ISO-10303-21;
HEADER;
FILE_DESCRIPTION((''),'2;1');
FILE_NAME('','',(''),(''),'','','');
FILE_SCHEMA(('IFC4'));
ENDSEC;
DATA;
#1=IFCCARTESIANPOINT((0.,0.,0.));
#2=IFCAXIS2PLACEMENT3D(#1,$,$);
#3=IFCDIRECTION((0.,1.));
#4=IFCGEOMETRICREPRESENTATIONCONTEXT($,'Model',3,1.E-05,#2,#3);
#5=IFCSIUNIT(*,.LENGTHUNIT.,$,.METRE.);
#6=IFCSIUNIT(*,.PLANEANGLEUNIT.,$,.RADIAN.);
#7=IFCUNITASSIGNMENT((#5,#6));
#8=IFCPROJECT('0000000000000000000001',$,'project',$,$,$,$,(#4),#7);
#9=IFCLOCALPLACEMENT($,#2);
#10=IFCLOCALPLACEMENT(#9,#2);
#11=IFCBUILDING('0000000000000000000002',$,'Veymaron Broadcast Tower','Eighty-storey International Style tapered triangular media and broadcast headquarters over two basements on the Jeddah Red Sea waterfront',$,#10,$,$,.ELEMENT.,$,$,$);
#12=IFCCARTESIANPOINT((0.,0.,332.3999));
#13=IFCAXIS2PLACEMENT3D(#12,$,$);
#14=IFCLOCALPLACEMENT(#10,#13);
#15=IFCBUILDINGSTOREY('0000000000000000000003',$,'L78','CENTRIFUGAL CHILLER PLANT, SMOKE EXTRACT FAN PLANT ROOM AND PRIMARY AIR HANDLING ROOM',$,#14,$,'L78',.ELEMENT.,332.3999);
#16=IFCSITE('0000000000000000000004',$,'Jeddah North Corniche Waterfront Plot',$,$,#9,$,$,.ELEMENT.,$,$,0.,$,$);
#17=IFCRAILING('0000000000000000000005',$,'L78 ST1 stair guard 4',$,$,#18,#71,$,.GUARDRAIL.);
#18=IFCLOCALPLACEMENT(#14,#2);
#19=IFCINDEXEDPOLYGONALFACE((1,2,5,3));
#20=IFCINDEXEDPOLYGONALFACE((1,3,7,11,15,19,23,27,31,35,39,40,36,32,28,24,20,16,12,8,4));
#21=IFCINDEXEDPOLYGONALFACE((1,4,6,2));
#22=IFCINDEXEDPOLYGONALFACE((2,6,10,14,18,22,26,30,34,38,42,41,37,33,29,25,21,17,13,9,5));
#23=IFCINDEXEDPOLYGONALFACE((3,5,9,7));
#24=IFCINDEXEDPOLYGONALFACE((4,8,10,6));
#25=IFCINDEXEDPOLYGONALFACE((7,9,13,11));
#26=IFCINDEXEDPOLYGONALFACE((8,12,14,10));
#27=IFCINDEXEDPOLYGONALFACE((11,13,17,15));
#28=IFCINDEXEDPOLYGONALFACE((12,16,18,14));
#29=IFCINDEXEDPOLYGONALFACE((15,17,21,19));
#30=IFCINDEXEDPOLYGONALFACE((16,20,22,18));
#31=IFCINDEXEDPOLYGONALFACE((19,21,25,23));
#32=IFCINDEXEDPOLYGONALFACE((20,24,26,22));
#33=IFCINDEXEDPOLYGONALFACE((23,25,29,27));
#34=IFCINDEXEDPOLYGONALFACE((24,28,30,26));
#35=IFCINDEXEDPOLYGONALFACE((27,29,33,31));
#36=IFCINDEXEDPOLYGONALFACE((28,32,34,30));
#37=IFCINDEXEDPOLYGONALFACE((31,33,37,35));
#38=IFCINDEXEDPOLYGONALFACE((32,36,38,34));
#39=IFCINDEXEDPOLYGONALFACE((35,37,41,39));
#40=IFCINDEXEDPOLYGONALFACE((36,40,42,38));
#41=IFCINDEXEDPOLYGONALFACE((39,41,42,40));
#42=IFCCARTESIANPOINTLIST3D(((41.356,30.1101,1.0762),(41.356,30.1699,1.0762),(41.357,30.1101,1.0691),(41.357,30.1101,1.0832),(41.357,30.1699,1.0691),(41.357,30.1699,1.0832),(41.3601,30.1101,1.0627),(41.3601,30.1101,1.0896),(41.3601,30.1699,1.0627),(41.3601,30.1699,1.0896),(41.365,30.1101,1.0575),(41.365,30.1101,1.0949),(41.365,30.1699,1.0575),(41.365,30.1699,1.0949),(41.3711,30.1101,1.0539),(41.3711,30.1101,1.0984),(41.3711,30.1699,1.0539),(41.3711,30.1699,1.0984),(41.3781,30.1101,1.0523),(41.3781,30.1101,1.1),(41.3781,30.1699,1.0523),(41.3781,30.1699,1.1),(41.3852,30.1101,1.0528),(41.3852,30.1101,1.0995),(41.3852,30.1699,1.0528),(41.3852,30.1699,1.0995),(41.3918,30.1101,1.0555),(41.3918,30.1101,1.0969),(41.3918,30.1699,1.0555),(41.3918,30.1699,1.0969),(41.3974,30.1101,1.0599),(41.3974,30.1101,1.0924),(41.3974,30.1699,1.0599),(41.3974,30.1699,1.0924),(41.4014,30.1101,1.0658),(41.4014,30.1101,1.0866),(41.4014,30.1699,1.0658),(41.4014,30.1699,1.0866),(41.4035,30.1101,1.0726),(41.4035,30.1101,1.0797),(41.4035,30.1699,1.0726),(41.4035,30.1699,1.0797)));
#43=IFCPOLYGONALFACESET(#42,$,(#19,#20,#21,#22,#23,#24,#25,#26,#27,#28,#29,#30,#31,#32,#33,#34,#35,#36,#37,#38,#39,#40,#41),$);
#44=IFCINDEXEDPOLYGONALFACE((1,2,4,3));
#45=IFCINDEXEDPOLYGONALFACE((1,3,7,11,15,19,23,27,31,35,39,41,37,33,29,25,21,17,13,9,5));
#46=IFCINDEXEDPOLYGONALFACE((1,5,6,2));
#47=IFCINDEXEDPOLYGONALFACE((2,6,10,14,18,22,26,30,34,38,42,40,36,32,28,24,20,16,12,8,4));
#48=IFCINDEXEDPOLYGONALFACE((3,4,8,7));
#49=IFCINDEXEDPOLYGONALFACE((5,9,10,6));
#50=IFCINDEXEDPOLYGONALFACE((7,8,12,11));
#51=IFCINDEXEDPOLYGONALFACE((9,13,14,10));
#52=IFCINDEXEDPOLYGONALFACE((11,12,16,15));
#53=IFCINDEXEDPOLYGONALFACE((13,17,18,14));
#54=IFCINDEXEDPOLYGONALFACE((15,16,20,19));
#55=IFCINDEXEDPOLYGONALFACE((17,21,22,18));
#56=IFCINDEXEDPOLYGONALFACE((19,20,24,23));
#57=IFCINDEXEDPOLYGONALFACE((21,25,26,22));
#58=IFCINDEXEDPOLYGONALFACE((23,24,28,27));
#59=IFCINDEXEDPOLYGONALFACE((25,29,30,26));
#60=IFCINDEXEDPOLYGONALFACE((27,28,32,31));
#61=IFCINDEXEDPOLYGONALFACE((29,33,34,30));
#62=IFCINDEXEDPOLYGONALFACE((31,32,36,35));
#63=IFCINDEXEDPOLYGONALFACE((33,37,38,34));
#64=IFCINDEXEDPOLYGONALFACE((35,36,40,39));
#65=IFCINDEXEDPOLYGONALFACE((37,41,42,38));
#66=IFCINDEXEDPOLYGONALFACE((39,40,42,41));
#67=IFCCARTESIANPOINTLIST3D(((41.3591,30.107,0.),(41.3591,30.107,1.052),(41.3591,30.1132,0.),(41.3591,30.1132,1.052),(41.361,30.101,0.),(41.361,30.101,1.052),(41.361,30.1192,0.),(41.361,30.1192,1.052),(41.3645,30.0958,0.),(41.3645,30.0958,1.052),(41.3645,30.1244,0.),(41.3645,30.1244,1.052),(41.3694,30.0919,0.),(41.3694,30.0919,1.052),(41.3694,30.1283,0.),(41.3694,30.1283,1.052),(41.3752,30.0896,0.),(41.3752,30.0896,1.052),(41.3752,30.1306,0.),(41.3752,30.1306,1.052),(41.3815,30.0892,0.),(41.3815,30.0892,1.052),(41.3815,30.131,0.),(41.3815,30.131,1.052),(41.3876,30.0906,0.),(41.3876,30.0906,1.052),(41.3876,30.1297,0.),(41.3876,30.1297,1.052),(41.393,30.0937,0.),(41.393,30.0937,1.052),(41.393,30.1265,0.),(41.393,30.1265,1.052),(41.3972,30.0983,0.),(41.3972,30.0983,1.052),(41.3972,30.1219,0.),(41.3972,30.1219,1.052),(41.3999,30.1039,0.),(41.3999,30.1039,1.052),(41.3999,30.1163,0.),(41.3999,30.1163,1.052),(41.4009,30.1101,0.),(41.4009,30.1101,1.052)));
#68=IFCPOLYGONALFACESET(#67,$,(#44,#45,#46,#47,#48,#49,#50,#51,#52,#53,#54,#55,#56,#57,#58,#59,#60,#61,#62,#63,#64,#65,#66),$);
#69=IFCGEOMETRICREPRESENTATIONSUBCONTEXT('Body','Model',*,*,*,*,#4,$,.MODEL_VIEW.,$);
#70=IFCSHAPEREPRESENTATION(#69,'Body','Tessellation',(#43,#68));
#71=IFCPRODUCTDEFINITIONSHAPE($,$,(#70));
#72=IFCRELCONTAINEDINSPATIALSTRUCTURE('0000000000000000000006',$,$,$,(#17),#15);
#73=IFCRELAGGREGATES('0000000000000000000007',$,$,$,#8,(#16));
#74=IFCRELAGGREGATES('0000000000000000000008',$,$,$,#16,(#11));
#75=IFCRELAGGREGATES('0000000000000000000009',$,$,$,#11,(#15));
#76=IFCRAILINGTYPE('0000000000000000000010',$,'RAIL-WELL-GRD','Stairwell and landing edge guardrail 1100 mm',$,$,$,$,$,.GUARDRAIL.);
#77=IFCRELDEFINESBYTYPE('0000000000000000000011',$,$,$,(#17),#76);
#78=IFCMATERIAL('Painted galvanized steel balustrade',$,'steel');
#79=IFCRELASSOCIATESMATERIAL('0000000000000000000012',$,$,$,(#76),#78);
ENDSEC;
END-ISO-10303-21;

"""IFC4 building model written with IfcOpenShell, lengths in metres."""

from ifc_helpers import new_model, si_unit, direction, frame, origin, origin_2d, place, context, subcontext, project, spatial, circle, extrude, material, type_object, element, save


model = new_model("IFC4")

# Units and contexts
model_context = context("Model", 3, precision=1e-05, world=origin(), true_north=direction((0.0, 1.0)))
body_context = subcontext(model_context, "Body", "Model", "MODEL_VIEW")
ifc_project = project(units=[si_unit("LENGTHUNIT", "METRE"), si_unit("PLANEANGLEUNIT", "RADIAN")], contexts=[model_context])

# Site, building, storey
site_placement = place(None, origin())
site = spatial("IfcSite", under=ifc_project, at=site_placement, Name="Jeddah North Corniche Waterfront Plot", CompositionType="ELEMENT", RefElevation=0.0)
building_placement = place(site_placement, origin())
building = spatial("IfcBuilding", under=site, at=building_placement, Name="Veymaron Broadcast Tower", Description="Eighty-storey International Style tapered triangular media and broadcast headquarters over two basements on the Jeddah Red Sea waterfront", CompositionType="ELEMENT")
storey_placement = place(building_placement, frame((0.0, 0.0, 332.3999)))
storey = spatial("IfcBuildingStorey", under=building, at=storey_placement, Name="L78", Description="CENTRIFUGAL CHILLER PLANT, SMOKE EXTRACT FAN PLANT ROOM AND PRIMARY AIR HANDLING ROOM", LongName="L78", CompositionType="ELEMENT", Elevation=332.3999)

# Railing
ifc_material_1 = material(Name="Painted galvanized steel balustrade", Category="steel")
railing_type_1 = type_object("IfcRailingType", Name="RAIL-WELL-GRD", Description="Stairwell and landing edge guardrail 1100 mm", PredefinedType="GUARDRAIL", material=ifc_material_1)
railing_1_placement = place(storey_placement, frame((41.3799, 30.1101, 0.0)))
element("IfcRailing", 1, at=railing_1_placement, inside=storey, type_object=railing_type_1, Name="L78 ST1 stair guard 4", PredefinedType="GUARDRAIL", context=body_context, shape_type="SweptSolid", body=[
    extrude(circle(Radius=0.0239, at=origin_2d()), frame((0.0, 0.0, 1.0762), z_axis=(0.0, 1.0, 0.0), x_axis=(-1.0, 0.0, 0.0)), (0.0, 0.0, 1.0), 0.0598),
    extrude(circle(Radius=0.021, at=origin_2d()), origin(), (0.0, 0.0, 1.0), 1.052),
])

save(model, "model.ifc")
